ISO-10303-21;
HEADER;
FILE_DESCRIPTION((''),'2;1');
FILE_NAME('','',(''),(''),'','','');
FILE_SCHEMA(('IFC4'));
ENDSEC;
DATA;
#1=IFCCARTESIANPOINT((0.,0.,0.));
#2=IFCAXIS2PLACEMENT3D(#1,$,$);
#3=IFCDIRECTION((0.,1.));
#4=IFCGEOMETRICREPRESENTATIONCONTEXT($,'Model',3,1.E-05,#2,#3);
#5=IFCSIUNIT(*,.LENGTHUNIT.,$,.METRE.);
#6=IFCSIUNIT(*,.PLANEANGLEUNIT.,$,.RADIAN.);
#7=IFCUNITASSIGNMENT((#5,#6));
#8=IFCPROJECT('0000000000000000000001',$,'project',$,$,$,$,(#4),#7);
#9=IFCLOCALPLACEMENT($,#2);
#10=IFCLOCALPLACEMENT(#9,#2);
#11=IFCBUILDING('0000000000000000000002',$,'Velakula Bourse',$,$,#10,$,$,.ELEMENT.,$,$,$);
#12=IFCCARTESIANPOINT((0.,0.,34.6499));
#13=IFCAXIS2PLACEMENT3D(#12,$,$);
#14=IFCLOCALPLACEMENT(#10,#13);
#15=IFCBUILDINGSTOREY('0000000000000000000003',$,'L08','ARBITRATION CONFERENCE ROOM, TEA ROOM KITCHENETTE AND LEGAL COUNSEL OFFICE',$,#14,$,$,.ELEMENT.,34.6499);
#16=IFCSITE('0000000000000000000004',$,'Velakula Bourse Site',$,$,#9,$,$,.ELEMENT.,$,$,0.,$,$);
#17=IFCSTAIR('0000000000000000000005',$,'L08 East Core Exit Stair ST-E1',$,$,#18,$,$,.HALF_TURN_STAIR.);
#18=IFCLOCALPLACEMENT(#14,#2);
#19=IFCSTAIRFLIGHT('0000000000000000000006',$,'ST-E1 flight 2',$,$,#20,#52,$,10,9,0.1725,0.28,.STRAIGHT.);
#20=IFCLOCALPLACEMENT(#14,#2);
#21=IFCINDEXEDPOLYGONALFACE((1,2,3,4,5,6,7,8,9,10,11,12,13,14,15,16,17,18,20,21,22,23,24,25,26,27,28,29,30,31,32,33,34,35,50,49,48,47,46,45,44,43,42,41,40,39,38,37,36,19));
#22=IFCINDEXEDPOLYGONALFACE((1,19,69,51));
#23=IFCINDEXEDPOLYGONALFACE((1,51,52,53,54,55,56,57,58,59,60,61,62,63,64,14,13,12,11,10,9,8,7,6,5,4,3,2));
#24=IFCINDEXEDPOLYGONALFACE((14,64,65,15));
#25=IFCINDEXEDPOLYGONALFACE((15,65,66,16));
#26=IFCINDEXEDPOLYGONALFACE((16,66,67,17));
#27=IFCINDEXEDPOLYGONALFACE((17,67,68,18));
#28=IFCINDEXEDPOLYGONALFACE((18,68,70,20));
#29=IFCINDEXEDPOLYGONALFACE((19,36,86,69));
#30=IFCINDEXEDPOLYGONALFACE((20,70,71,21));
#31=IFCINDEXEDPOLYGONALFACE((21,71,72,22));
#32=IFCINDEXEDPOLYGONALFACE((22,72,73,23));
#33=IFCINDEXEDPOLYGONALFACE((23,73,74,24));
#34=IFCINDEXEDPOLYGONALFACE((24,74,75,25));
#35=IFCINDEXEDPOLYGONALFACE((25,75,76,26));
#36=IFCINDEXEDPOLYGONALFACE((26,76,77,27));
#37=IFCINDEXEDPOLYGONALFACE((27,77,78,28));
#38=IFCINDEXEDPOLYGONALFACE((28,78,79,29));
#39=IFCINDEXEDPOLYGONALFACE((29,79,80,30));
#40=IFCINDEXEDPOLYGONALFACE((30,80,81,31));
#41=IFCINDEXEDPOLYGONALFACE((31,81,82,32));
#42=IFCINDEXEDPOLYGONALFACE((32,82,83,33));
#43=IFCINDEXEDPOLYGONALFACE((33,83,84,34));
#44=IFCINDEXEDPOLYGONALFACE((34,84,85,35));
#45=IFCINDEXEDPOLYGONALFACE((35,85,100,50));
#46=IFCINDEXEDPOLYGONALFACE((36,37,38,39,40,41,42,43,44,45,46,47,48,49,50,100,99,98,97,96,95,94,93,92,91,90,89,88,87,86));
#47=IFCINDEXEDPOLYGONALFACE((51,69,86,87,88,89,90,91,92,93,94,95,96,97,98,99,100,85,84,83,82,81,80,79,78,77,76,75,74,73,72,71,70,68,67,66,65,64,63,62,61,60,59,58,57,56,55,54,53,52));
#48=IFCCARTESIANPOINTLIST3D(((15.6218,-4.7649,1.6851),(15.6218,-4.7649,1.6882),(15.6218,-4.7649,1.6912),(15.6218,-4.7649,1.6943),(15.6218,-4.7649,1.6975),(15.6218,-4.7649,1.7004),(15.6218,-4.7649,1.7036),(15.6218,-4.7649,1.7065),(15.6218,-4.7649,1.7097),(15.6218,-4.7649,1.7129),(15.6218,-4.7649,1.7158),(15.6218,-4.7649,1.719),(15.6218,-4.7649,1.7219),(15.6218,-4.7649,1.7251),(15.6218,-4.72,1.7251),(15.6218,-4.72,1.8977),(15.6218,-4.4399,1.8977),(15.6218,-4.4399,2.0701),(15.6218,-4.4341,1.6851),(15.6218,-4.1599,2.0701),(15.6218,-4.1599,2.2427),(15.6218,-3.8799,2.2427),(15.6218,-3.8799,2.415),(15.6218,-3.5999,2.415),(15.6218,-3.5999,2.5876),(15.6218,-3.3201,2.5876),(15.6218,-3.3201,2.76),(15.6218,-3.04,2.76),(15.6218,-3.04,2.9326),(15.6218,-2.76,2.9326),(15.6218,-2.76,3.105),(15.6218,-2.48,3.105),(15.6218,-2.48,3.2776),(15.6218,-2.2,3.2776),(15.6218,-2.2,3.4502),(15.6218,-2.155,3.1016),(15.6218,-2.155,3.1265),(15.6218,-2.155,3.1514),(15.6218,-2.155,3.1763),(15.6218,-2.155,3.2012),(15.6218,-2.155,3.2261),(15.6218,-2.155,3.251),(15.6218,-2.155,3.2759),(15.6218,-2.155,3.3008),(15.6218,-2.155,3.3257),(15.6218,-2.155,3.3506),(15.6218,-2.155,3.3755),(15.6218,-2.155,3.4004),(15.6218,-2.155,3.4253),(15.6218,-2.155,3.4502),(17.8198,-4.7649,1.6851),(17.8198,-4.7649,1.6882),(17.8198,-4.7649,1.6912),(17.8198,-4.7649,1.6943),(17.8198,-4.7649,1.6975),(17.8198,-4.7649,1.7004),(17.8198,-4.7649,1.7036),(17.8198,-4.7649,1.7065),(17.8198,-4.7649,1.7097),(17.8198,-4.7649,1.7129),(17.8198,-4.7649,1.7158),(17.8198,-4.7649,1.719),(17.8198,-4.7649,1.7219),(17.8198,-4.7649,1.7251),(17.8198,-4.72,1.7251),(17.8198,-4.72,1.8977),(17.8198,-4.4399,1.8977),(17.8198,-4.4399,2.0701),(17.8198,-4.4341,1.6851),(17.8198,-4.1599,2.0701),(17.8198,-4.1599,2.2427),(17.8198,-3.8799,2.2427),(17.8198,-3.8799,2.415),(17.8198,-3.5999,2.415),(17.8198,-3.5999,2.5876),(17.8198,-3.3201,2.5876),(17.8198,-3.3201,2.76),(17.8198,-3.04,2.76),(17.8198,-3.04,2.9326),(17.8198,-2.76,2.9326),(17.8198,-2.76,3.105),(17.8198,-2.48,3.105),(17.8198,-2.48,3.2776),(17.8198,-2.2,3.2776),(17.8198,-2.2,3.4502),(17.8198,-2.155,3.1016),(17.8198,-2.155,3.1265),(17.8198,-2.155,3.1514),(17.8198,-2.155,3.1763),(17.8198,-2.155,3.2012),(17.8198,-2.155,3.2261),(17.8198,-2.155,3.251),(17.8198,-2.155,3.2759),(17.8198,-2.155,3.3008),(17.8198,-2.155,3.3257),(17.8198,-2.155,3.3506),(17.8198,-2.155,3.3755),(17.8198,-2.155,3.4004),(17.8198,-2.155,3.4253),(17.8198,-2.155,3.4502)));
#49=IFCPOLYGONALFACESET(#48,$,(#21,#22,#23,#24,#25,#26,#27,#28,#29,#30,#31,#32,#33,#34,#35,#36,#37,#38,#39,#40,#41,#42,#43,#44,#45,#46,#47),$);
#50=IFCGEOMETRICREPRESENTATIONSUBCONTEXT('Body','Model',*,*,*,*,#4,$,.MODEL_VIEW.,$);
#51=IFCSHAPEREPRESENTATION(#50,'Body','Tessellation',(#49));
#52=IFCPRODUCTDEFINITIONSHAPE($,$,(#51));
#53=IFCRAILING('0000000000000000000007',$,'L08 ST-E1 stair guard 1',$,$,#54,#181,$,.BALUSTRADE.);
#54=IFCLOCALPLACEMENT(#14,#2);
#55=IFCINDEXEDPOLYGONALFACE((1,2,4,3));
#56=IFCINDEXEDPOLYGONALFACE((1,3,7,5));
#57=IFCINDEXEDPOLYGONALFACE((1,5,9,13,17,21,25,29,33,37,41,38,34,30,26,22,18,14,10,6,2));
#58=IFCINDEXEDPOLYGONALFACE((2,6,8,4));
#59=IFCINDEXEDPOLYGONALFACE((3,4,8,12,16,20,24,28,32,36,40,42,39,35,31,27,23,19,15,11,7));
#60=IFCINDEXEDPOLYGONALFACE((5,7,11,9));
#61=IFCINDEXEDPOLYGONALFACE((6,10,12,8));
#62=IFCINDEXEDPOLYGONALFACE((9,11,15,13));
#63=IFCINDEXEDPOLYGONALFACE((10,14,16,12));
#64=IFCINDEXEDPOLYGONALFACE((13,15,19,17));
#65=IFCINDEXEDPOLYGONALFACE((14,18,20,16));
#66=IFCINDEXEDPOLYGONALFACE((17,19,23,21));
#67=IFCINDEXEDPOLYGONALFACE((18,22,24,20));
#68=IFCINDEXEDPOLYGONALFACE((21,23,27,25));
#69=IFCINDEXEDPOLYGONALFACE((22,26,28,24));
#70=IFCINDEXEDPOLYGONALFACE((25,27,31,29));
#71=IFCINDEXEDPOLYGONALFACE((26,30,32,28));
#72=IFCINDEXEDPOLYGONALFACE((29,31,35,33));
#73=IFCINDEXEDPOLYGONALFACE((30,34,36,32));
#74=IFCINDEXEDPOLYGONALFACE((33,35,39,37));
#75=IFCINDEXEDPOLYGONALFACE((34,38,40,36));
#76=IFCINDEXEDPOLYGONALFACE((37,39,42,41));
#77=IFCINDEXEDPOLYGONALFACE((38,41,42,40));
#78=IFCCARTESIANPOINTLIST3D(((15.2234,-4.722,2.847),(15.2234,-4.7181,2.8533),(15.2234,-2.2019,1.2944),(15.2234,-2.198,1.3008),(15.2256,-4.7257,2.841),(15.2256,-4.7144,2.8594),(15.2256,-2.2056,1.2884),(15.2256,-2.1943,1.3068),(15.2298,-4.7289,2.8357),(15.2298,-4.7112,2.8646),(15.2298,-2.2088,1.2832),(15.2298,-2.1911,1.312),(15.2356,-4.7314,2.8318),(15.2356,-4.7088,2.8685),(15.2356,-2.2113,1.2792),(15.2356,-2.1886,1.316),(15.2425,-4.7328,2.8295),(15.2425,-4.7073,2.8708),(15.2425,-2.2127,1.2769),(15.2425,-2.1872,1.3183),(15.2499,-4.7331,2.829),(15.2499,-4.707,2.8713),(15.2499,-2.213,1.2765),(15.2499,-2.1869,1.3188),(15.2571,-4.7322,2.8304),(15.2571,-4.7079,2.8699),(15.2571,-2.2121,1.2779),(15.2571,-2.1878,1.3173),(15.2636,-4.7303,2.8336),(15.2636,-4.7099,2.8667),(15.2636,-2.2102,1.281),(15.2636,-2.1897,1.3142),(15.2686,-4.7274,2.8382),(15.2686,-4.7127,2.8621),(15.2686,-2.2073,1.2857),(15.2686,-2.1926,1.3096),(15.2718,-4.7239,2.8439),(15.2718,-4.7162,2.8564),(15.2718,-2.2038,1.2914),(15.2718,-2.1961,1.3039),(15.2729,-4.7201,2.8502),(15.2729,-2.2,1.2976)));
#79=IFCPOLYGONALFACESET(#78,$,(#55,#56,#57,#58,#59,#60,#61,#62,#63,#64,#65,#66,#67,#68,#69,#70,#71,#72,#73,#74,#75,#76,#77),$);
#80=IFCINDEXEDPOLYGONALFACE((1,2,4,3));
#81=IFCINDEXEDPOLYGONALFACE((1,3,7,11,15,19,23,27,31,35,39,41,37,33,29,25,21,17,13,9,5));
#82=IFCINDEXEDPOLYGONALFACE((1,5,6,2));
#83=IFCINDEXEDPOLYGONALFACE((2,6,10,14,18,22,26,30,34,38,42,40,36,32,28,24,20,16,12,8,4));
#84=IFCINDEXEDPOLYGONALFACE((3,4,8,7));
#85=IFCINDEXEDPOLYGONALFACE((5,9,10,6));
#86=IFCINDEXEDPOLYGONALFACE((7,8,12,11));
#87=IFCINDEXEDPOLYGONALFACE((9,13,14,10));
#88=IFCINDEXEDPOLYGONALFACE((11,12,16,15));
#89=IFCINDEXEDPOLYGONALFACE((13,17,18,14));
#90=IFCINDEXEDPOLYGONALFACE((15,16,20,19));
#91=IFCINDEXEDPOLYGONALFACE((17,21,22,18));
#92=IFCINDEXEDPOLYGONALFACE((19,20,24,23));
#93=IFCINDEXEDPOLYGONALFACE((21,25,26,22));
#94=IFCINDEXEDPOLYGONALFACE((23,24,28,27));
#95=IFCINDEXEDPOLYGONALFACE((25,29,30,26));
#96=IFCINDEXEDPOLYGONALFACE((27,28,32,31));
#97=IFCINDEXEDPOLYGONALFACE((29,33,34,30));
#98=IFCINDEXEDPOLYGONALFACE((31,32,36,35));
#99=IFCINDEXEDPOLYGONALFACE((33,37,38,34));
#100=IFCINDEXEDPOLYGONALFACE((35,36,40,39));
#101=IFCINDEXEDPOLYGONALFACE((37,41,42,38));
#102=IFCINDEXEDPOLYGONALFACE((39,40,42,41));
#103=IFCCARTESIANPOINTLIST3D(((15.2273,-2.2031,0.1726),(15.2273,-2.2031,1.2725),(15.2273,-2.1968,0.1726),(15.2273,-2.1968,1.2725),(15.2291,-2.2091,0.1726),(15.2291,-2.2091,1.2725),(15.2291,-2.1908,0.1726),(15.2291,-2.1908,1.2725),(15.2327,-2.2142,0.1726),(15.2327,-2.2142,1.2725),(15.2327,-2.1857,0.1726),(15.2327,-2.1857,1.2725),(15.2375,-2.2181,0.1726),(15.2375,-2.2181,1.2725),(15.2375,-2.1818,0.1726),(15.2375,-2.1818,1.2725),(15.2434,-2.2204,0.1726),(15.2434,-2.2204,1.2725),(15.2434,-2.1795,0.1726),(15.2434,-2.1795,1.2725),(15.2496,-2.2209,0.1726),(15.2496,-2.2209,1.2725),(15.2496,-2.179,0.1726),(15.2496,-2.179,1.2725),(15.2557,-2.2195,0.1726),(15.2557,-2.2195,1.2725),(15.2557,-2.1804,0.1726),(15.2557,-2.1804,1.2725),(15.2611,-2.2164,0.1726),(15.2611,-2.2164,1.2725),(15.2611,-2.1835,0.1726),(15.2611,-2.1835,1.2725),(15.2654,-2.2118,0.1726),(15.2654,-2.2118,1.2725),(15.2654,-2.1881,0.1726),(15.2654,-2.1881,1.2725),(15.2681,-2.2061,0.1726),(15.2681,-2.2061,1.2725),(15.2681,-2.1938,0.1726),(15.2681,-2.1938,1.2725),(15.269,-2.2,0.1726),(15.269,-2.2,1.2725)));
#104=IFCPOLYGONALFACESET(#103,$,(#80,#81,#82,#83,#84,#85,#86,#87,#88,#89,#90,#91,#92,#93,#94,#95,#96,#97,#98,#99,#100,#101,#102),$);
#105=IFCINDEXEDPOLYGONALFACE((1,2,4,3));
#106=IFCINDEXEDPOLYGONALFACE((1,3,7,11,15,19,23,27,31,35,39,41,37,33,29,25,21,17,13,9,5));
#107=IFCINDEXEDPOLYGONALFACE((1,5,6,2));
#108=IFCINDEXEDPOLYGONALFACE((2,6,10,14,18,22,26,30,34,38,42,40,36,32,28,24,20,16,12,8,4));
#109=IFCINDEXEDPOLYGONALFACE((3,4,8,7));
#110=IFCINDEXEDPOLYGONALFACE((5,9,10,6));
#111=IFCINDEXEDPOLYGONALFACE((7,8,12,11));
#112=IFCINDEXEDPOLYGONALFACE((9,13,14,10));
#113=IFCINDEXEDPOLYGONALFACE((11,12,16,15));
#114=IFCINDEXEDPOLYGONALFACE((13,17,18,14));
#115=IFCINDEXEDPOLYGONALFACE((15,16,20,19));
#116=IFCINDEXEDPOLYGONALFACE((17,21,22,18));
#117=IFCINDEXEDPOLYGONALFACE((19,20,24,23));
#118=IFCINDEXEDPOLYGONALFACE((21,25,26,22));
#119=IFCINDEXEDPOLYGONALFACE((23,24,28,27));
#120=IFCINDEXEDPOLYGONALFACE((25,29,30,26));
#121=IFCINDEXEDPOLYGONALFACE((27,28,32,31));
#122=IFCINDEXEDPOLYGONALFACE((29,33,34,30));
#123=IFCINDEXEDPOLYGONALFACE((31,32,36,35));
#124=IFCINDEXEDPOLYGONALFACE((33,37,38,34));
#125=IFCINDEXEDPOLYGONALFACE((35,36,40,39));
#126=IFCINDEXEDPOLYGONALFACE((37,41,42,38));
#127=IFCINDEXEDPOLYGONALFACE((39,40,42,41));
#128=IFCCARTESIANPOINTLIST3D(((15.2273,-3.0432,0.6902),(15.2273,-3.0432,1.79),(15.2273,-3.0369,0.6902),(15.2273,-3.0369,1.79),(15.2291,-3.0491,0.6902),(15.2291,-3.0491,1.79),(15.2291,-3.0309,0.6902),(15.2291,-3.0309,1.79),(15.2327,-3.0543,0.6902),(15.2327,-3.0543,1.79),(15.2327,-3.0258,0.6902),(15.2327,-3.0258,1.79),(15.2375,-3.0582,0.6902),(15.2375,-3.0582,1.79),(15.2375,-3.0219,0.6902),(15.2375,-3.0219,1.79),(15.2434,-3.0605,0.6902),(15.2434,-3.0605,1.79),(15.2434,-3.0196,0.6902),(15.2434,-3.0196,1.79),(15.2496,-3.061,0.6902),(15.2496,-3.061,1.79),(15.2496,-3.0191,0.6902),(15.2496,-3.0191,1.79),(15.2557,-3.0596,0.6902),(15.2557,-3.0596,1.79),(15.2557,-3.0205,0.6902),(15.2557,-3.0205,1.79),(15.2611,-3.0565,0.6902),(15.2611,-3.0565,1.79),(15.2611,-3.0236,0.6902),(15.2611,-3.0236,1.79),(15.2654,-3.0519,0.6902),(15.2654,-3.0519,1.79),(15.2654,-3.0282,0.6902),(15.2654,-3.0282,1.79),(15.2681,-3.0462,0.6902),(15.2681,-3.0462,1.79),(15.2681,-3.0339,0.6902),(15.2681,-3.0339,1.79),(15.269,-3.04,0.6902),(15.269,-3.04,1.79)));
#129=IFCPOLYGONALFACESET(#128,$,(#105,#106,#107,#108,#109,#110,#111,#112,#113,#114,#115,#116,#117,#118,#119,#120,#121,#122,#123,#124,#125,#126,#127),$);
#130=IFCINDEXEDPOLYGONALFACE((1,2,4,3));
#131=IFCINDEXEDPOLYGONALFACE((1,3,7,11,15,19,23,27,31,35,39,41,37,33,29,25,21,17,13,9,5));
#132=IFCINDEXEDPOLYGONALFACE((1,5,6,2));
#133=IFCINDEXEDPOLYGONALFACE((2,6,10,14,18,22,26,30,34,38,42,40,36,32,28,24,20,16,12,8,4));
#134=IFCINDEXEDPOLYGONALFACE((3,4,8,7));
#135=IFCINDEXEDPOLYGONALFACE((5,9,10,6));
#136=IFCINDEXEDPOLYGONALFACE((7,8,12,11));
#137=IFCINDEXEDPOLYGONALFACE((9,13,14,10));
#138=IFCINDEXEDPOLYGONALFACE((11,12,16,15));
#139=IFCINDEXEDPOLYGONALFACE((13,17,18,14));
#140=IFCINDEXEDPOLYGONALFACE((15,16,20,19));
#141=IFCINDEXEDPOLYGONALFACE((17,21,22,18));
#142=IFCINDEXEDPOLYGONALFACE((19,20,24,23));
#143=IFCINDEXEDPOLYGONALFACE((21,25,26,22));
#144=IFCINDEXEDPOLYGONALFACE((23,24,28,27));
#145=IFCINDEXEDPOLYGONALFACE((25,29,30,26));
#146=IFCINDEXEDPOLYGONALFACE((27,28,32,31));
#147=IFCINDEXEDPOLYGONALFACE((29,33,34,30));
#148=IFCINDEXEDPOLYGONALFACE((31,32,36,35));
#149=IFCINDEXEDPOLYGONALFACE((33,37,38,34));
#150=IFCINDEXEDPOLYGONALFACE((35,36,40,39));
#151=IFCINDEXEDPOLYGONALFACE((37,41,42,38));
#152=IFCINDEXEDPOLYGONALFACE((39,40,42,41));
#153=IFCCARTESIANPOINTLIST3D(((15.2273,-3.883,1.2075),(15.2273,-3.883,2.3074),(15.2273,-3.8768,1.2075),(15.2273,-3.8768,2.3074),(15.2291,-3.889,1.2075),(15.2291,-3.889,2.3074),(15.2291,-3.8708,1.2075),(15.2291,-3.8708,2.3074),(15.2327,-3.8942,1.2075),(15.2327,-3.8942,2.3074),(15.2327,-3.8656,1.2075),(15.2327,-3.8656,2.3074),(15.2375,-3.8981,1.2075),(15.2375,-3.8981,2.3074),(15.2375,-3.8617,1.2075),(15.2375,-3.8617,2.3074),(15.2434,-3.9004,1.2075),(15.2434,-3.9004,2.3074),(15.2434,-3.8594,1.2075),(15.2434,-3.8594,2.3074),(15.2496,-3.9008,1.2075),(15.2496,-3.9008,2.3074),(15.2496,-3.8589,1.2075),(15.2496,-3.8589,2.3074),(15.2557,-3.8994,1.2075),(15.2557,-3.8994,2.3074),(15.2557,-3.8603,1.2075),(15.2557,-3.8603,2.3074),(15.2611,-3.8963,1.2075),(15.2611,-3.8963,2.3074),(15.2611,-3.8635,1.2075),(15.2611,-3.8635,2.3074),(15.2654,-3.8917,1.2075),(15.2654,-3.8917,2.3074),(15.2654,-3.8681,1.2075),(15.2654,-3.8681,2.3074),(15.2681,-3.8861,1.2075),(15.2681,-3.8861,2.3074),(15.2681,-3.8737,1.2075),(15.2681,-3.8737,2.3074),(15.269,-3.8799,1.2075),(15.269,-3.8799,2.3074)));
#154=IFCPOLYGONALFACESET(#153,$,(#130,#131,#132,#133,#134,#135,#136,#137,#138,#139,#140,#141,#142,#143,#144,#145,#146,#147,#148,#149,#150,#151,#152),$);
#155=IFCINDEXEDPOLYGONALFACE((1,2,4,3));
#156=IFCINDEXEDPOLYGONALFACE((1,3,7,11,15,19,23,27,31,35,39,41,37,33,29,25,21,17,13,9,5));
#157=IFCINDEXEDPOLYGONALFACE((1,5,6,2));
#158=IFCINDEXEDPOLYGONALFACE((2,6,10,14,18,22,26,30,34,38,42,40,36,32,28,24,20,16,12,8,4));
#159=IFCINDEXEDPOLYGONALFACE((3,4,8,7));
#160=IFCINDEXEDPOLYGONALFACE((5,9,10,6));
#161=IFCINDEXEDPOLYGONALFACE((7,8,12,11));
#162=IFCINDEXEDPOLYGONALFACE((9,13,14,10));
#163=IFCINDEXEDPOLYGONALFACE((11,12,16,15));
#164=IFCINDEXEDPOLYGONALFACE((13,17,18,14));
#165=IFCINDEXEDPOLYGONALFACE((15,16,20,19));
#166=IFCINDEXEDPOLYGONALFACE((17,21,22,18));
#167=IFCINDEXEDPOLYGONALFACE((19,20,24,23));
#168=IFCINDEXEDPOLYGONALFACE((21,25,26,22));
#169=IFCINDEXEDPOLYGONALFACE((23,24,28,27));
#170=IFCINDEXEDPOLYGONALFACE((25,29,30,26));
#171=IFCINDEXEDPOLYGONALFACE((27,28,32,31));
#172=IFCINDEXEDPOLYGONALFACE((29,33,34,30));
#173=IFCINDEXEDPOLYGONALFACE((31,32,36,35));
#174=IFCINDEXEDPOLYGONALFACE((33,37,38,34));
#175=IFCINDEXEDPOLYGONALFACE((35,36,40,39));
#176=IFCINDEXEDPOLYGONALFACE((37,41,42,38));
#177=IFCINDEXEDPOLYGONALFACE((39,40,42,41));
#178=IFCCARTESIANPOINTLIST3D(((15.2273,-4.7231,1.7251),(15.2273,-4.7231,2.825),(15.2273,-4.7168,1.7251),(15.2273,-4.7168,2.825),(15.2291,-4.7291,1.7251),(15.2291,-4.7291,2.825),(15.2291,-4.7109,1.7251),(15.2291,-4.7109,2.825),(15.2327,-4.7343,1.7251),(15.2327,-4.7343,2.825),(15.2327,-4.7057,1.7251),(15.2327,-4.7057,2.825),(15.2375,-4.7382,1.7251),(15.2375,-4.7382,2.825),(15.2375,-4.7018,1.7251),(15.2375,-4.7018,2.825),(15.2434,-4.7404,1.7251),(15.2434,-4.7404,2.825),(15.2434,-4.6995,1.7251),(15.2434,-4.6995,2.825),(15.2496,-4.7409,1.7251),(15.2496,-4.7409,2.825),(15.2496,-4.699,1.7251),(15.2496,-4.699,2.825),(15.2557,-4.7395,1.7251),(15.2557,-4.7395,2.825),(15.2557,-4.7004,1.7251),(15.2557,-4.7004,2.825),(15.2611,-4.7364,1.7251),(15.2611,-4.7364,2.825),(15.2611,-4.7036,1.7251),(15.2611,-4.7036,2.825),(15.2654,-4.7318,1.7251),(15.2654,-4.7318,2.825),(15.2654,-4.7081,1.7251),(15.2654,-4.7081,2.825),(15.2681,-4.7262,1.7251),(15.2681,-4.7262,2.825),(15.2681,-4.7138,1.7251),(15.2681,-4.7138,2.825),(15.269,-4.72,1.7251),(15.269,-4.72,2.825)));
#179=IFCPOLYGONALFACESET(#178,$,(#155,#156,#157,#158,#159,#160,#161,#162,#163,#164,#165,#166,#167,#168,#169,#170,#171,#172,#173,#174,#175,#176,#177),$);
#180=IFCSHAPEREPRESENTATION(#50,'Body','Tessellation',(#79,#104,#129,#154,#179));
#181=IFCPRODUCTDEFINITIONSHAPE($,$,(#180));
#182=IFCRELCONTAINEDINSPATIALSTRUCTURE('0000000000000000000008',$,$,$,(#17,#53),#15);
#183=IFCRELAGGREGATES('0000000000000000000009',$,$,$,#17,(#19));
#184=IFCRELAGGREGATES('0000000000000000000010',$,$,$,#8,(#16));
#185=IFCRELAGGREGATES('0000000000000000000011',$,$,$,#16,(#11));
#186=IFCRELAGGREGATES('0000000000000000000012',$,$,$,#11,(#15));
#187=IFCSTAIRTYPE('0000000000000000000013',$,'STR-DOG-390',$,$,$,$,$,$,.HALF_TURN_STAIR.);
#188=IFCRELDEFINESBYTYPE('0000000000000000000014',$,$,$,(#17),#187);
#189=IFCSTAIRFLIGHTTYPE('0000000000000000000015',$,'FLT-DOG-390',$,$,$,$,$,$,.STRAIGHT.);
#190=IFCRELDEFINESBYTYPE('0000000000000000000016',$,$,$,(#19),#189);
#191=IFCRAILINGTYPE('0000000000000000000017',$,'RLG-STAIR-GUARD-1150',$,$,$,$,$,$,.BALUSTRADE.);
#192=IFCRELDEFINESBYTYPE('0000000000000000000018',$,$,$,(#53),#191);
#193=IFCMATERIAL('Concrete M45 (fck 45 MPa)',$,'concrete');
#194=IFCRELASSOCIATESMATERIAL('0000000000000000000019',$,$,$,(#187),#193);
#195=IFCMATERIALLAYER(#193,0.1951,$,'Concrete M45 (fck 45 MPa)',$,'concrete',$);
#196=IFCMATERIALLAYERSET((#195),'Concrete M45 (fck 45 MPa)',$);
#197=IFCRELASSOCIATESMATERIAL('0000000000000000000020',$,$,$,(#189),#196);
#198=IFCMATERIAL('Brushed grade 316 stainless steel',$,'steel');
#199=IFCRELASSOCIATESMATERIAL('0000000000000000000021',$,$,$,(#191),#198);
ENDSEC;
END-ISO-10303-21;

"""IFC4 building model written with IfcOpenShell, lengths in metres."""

from ifc_helpers import new_model, si_unit, direction, frame, origin, origin_2d, place, context, subcontext, project, spatial, polyline, circle, outline, extrude, material, layer, layer_set, type_object, element, aggregate, save


model = new_model("IFC4")

# Units and contexts
model_context = context("Model", 3, precision=1e-05, world=origin(), true_north=direction((0.0, 1.0)))
body_context = subcontext(model_context, "Body", "Model", "MODEL_VIEW")
ifc_project = project(units=[si_unit("LENGTHUNIT", "METRE"), si_unit("PLANEANGLEUNIT", "RADIAN")], contexts=[model_context])

# Site, building, storey
site_placement = place(None, origin())
site = spatial("IfcSite", under=ifc_project, at=site_placement, Name="Velakula Bourse Site", CompositionType="ELEMENT", RefElevation=0.0)
building_placement = place(site_placement, origin())
building = spatial("IfcBuilding", under=site, at=building_placement, Name="Velakula Bourse", CompositionType="ELEMENT")
storey_placement = place(building_placement, frame((0.0, 0.0, 34.6499)))
storey = spatial("IfcBuildingStorey", under=building, at=storey_placement, Name="L08", Description="ARBITRATION CONFERENCE ROOM, TEA ROOM KITCHENETTE AND LEGAL COUNSEL OFFICE", CompositionType="ELEMENT", Elevation=34.6499)

# Shared definitions
ifc_material_1 = material(Name="Brushed grade 316 stainless steel", Category="steel")

# Stair, stair flight
ifc_material_2 = material(Name="Concrete M45 (fck 45 MPa)", Category="concrete")
stair_type = type_object("IfcStairType", Name="STR-DOG-390", PredefinedType="HALF_TURN_STAIR", material=ifc_material_2)
stair_placement = place(storey_placement, origin())
stair = element("IfcStair", 1, at=stair_placement, inside=storey, type_object=stair_type, Name="L08 East Core Exit Stair ST-E1", PredefinedType="HALF_TURN_STAIR")
ifc_layer_1 = layer(ifc_material_2, 0.1951, Name="Concrete M45 (fck 45 MPa)", Category="concrete")
ifc_layer_set_1 = layer_set([ifc_layer_1], Name="Concrete M45 (fck 45 MPa)")
stair_flight_type = type_object("IfcStairFlightType", Name="FLT-DOG-390", PredefinedType="STRAIGHT", material=ifc_layer_set_1)
stair_flight_1_placement = place(storey_placement, frame((16.7209, -4.72, 1.7251), z_axis=(0.0, 0.0, 1.0), x_axis=(0.0, 1.0, 0.0)))
stair_flight_1 = element("IfcStairFlight", 2, at=stair_flight_1_placement, type_object=stair_flight_type, Name="ST-E1 flight 2", NumberOfRisers=10, NumberOfTreads=9, PredefinedType="STRAIGHT", RiserHeight=0.1725, TreadLength=0.28, context=body_context, shape_type="SweptSolid", body=[
    extrude(outline(polyline([(-0.0449, -0.04), (-0.0449, -0.0369), (-0.0449, -0.0339), (-0.0449, -0.0308), (-0.0449, -0.0276), (-0.0449, -0.0247), (-0.0449, -0.0215), (-0.0449, -0.0186), (-0.0449, -0.0154), (-0.0449, -0.0122), (-0.0449, -0.0093), (-0.0449, -0.0061), (-0.0449, -0.0032), (-0.0449, 0.0), (0.0, 0.0), (0.0, 0.1726), (0.28, 0.1726), (0.28, 0.345), (0.5601, 0.345), (0.5601, 0.5176), (0.8401, 0.5176), (0.8401, 0.6899), (1.1201, 0.6899), (1.1201, 0.8625), (1.3999, 0.8625), (1.3999, 1.0349), (1.6799, 1.0349), (1.6799, 1.2075), (1.96, 1.2075), (1.96, 1.3799), (2.24, 1.3799), (2.24, 1.5525), (2.52, 1.5525), (2.52, 1.7251), (2.5649, 1.7251), (2.5649, 1.7002), (2.5649, 1.6753), (2.5649, 1.6504), (2.5649, 1.6255), (2.5649, 1.6006), (2.5649, 1.5757), (2.5649, 1.5508), (2.5649, 1.5259), (2.5649, 1.501), (2.5649, 1.4761), (2.5649, 1.4512), (2.5649, 1.4263), (2.5649, 1.4014), (2.5649, 1.3765), (0.2859, -0.04), (-0.0449, -0.04)])), frame((0.0, 1.0991, 0.0), z_axis=(0.0, -1.0, 0.0), x_axis=(1.0, 0.0, 0.0)), (0.0, 0.0, 1.0), 2.198),
])
aggregate(stair, [stair_flight_1])

# Railing
railing_type_1 = type_object("IfcRailingType", Name="RLG-STAIR-GUARD-1150", PredefinedType="BALUSTRADE", material=ifc_material_1)
railing_1_placement = place(storey_placement, frame((15.248, -2.2, 0.1726)))
element("IfcRailing", 3, at=railing_1_placement, inside=storey, type_object=railing_type_1, Name="L08 ST-E1 stair guard 1", PredefinedType="BALUSTRADE", context=body_context, shape_type="SweptSolid", body=[
    extrude(circle(Radius=0.0249, at=origin_2d()), frame((0.0, 0.0, 1.125), z_axis=(0.0, -0.8514, 0.524516), x_axis=(1.0, 0.0, 0.0)), (0.0, 0.0, 1.0), 2.96),
    extrude(circle(Radius=0.021, at=origin_2d()), origin(), (0.0, 0.0, 1.0), 1.0999),
    extrude(circle(Radius=0.021, at=origin_2d()), frame((0.0, -0.8401, 0.5176)), (0.0, 0.0, 1.0), 1.0999),
    extrude(circle(Radius=0.021, at=origin_2d()), frame((0.0, -1.6799, 1.0349)), (0.0, 0.0, 1.0), 1.0999),
    extrude(circle(Radius=0.021, at=origin_2d()), frame((0.0, -2.52, 1.5525)), (0.0, 0.0, 1.0), 1.0999),
])

save(model, "model.ifc")
